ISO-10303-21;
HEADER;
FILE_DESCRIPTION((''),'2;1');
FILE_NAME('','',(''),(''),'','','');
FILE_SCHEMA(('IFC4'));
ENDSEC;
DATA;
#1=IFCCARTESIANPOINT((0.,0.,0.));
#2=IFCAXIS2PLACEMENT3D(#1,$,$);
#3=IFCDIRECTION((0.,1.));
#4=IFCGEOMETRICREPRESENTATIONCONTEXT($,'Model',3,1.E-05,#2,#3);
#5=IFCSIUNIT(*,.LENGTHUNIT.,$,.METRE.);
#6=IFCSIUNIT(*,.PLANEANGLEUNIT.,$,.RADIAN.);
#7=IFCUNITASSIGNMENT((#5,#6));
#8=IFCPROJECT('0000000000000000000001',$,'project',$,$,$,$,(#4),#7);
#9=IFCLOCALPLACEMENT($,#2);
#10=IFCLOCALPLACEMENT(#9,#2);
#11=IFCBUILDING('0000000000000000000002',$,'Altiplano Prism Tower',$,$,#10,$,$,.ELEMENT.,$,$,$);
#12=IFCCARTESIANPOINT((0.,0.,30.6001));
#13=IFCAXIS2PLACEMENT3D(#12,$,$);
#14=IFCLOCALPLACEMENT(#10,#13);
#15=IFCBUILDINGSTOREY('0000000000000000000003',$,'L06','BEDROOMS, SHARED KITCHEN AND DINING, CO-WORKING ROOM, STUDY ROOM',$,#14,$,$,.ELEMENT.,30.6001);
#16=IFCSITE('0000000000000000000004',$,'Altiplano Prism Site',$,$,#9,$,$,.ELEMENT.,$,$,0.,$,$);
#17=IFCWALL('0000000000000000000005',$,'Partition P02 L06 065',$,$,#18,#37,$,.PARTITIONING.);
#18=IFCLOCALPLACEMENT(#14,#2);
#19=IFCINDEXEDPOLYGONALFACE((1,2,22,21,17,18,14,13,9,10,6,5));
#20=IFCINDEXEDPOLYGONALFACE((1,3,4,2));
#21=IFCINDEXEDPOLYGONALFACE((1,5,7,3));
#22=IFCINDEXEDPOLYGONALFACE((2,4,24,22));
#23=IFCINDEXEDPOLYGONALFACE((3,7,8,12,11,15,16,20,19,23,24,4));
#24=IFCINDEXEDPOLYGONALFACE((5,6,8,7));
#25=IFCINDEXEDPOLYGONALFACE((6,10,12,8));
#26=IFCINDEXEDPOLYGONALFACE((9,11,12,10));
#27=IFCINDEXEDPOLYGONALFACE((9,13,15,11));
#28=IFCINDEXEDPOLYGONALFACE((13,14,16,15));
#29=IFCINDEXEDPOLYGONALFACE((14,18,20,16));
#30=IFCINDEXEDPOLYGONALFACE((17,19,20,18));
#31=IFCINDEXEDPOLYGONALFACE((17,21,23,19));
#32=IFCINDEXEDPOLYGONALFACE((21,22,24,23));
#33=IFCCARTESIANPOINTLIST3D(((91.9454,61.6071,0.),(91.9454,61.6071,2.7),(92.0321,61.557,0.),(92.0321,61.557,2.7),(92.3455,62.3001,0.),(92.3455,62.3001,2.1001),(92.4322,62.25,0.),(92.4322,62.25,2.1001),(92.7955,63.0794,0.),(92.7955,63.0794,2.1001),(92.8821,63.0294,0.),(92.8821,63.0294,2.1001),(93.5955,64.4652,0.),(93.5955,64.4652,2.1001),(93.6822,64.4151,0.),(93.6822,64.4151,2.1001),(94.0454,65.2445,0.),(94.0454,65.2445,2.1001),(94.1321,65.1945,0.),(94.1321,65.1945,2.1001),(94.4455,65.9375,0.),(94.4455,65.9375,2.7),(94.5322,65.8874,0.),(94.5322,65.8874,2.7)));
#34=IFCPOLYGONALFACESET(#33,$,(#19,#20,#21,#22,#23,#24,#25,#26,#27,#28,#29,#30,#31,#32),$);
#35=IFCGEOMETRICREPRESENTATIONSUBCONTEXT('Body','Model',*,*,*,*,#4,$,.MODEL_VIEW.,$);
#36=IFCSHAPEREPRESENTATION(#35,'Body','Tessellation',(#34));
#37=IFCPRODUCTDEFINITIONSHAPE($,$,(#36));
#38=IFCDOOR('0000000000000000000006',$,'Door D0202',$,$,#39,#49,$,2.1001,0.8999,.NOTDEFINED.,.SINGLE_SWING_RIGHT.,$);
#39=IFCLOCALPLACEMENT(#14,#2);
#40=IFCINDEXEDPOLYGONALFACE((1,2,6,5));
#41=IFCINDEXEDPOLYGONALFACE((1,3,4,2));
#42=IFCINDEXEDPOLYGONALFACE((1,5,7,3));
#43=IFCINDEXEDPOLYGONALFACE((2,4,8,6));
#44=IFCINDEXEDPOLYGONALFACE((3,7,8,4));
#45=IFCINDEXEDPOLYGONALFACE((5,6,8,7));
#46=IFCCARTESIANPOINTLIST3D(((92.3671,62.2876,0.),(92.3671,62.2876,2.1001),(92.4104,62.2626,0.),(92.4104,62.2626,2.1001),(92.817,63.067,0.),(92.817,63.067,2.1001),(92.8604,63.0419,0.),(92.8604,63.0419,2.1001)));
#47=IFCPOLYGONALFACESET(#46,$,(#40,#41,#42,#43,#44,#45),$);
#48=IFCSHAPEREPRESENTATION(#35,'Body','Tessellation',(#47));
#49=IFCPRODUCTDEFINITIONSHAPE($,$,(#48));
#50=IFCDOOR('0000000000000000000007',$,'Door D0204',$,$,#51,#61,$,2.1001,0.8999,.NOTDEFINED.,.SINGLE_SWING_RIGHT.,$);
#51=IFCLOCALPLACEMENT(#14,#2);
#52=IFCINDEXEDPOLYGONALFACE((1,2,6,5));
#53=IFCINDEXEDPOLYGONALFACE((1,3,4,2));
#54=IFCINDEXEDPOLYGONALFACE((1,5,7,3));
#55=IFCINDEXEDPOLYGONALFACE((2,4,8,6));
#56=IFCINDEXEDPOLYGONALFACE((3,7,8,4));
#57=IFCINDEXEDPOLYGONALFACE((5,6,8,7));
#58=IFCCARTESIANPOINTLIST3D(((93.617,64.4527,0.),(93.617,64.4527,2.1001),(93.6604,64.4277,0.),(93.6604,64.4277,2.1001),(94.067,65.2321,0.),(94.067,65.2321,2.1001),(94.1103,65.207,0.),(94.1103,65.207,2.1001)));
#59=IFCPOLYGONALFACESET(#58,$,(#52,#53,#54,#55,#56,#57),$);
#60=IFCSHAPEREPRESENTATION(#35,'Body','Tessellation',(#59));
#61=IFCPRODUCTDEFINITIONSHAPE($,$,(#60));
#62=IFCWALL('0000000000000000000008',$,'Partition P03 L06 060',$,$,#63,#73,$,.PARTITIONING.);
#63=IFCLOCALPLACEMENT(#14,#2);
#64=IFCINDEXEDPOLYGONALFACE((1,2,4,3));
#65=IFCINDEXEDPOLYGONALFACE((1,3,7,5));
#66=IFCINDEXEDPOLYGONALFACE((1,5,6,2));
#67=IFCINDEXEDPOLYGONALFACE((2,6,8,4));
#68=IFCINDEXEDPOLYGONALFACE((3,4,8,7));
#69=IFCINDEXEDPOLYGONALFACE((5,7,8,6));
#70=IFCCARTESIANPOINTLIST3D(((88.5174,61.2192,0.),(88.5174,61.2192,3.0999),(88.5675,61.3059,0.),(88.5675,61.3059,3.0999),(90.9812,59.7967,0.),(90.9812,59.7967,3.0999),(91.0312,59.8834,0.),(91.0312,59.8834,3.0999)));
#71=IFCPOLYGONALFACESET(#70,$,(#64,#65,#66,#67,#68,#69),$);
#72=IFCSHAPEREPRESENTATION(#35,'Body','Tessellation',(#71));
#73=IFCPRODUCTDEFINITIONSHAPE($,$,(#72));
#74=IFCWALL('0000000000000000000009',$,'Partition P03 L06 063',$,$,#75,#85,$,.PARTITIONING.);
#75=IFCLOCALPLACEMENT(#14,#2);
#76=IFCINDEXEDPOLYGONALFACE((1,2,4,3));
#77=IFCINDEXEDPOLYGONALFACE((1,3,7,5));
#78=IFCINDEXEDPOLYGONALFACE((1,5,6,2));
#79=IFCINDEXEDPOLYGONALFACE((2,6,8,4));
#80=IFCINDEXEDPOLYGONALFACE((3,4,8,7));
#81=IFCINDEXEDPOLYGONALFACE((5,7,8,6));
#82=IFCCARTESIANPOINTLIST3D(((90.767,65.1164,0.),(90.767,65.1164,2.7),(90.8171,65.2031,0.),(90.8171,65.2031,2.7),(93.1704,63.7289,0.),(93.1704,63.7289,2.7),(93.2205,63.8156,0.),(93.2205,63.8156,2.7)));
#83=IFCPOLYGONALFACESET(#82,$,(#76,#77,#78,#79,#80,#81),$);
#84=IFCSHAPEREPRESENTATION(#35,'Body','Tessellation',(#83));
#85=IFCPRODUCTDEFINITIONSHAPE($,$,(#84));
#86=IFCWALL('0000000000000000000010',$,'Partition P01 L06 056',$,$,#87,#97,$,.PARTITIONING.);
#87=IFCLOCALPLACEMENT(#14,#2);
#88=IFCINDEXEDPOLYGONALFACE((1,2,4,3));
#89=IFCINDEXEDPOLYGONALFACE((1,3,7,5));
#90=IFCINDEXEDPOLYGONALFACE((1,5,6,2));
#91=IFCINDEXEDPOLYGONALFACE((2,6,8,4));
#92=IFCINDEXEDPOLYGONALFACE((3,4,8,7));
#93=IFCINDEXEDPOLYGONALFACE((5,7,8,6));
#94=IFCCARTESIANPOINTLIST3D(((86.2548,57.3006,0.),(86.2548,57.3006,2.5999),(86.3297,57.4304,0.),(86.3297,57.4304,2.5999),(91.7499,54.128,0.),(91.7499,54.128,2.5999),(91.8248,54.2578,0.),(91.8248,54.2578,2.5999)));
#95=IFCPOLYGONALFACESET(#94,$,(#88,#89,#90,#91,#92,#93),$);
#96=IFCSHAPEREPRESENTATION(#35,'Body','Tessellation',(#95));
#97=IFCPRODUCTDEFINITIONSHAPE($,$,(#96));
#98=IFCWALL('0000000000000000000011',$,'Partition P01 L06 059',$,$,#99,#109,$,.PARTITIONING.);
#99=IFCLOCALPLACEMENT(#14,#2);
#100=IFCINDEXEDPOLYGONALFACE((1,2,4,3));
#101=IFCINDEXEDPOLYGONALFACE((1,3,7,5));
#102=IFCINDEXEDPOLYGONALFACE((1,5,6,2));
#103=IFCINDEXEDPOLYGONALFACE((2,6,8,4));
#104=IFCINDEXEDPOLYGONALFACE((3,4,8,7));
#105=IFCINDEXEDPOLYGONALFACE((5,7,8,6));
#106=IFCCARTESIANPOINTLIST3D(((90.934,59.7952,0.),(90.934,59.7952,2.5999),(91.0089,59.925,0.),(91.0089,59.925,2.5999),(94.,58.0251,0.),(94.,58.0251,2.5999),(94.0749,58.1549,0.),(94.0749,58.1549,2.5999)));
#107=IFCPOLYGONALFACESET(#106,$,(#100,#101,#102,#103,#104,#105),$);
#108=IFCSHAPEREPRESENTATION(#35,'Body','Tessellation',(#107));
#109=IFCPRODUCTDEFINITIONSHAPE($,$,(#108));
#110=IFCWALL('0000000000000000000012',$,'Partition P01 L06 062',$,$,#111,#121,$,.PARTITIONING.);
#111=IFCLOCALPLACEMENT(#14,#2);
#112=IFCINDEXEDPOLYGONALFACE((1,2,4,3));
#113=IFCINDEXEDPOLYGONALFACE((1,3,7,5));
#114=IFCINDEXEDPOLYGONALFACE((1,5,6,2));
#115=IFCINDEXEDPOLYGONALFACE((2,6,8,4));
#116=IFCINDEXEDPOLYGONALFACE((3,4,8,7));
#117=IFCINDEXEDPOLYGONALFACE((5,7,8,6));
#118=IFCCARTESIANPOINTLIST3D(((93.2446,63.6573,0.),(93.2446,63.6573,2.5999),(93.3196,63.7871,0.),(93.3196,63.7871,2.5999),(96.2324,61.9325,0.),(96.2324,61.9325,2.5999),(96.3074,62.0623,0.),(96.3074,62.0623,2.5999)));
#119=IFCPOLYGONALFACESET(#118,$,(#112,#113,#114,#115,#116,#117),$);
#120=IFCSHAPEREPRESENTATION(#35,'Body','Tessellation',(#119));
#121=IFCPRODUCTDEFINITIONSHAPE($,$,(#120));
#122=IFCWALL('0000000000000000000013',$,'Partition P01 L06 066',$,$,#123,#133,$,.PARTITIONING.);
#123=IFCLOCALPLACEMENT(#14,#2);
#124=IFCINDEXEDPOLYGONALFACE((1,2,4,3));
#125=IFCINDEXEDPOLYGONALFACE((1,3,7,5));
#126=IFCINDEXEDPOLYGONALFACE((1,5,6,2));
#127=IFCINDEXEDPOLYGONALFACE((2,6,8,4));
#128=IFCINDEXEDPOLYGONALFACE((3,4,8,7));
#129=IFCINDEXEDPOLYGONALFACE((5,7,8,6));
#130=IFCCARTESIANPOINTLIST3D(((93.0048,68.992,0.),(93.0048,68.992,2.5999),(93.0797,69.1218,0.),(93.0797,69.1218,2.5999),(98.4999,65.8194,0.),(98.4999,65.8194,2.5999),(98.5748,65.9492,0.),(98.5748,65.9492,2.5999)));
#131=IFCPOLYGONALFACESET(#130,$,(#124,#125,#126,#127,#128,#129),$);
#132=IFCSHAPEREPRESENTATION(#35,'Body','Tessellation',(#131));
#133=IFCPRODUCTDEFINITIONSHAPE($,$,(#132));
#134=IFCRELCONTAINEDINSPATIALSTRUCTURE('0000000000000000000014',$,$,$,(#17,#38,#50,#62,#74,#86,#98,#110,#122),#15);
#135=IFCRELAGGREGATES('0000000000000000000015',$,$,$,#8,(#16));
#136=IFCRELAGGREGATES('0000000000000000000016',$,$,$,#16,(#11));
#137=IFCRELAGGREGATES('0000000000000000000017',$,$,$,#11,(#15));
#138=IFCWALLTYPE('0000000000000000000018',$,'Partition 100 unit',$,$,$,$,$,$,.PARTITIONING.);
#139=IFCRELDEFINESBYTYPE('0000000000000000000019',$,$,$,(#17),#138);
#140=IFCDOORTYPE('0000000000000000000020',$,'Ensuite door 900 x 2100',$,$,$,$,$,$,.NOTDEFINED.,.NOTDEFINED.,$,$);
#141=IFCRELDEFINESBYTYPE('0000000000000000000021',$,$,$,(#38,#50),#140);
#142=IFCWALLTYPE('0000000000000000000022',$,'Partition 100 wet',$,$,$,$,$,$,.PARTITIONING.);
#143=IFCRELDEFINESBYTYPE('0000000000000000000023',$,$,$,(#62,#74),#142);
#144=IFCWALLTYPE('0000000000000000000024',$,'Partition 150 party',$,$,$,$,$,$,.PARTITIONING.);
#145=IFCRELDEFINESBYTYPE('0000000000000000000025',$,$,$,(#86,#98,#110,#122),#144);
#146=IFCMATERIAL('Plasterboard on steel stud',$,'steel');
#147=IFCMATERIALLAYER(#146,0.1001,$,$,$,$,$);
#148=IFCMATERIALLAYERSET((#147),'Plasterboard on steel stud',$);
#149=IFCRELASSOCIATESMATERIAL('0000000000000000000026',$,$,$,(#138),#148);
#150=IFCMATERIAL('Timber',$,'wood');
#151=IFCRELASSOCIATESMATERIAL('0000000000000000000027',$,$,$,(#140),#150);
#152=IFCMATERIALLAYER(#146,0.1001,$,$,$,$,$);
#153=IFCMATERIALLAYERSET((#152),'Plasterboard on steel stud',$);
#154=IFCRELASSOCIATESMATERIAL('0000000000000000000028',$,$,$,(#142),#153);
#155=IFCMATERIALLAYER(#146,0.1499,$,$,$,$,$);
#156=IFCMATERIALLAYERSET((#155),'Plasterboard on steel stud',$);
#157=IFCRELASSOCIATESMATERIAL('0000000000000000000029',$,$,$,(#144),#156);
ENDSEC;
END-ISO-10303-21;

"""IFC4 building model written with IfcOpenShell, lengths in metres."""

from ifc_helpers import new_model, si_unit, direction, frame, frame_2d, origin, place, context, subcontext, project, spatial, rectangle, extrude, material, layer, layer_set, type_object, element, fill, save


model = new_model("IFC4")

# Units and contexts
model_context = context("Model", 3, precision=1e-05, world=origin(), true_north=direction((0.0, 1.0)))
body_context = subcontext(model_context, "Body", "Model", "MODEL_VIEW")
ifc_project = project(units=[si_unit("LENGTHUNIT", "METRE"), si_unit("PLANEANGLEUNIT", "RADIAN")], contexts=[model_context])

# Site, building, storey
site_placement = place(None, origin())
site = spatial("IfcSite", under=ifc_project, at=site_placement, Name="Altiplano Prism Site", CompositionType="ELEMENT", RefElevation=0.0)
building_placement = place(site_placement, origin())
building = spatial("IfcBuilding", under=site, at=building_placement, Name="Altiplano Prism Tower", CompositionType="ELEMENT")
storey_placement = place(building_placement, frame((0.0, 0.0, 30.6001)))
storey = spatial("IfcBuildingStorey", under=building, at=storey_placement, Name="L06", Description="BEDROOMS, SHARED KITCHEN AND DINING, CO-WORKING ROOM, STUDY ROOM", CompositionType="ELEMENT", Elevation=30.6001)

# Shared definitions
ifc_material_1 = material(Name="Plasterboard on steel stud", Category="steel")
ifc_layer_1 = layer(ifc_material_1, 0.1001)
ifc_layer_set_1 = layer_set([ifc_layer_1], Name="Plasterboard on steel stud")
wall_type_1 = type_object("IfcWallType", Name="Partition 100 unit", PredefinedType="PARTITIONING", material=ifc_layer_set_1)

# Wall, openings, doors
wall_1_placement = place(storey_placement, frame((94.4888, 65.9124, 0.0), z_axis=(0.0, 0.0, 1.0), x_axis=(-0.499983, -0.866035, 0.0)))
wall_1 = element("IfcWall", 1, at=wall_1_placement, inside=storey, type_object=wall_type_1, Name="Partition P02 L06 065", PredefinedType="PARTITIONING", context=body_context, shape_type="SweptSolid", body=[
    extrude(rectangle(XDim=5.0002, YDim=0.1001, at=frame_2d((2.5, 0.0))), origin(), (0.0, 0.0, 1.0), 2.7),
])
opening_1_placement = place(wall_1_placement, frame((3.3, 0.0, 0.0)))
opening_1 = element("IfcOpeningElement", 2, at=opening_1_placement, cuts=wall_1, PredefinedType="OPENING", context=body_context, shape_type="SweptSolid", body=[
    extrude(rectangle(XDim=0.8999, YDim=2.1001, at=frame_2d((0.45, 1.05))), frame((0.0, 0.0605, 0.0), z_axis=(0.0, -1.0, 0.0), x_axis=(1.0, 0.0, 0.0)), (0.0, 0.0, 1.0), 0.1211),
])
opening_2_placement = place(wall_1_placement, frame((0.8, 0.0, 0.0)))
opening_2 = element("IfcOpeningElement", 3, at=opening_2_placement, cuts=wall_1, PredefinedType="OPENING", context=body_context, shape_type="SweptSolid", body=[
    extrude(rectangle(XDim=0.8999, YDim=2.1001, at=frame_2d((0.45, 1.05))), frame((0.0, 0.0605, 0.0), z_axis=(0.0, -1.0, 0.0), x_axis=(1.0, 0.0, 0.0)), (0.0, 0.0, 1.0), 0.1211),
])
ifc_material_2 = material(Name="Timber", Category="wood")
door_type = type_object("IfcDoorType", Name="Ensuite door 900 x 2100", OperationType="NOTDEFINED", PredefinedType="NOTDEFINED", material=ifc_material_2)
door_1_placement = place(opening_1_placement, origin())
door_1 = element("IfcDoor", 4, at=door_1_placement, inside=storey, type_object=door_type, Name="Door D0202", OperationType="SINGLE_SWING_RIGHT", OverallHeight=2.1001, OverallWidth=0.8999, PredefinedType="NOTDEFINED", context=body_context, shape_type="SweptSolid", body=[
    extrude(rectangle(XDim=0.8999, YDim=2.1001, at=frame_2d((0.45, 1.05))), frame((0.0, 0.0249, 0.0), z_axis=(0.0, -1.0, 0.0), x_axis=(1.0, 0.0, 0.0)), (0.0, 0.0, 1.0), 0.05),
])
fill(opening_1, door_1)
door_2_placement = place(opening_2_placement, origin())
door_2 = element("IfcDoor", 5, at=door_2_placement, inside=storey, type_object=door_type, Name="Door D0204", OperationType="SINGLE_SWING_RIGHT", OverallHeight=2.1001, OverallWidth=0.8999, PredefinedType="NOTDEFINED", context=body_context, shape_type="SweptSolid", body=[
    extrude(rectangle(XDim=0.8999, YDim=2.1001, at=frame_2d((0.45, 1.05))), frame((0.0, 0.0249, 0.0), z_axis=(0.0, -1.0, 0.0), x_axis=(1.0, 0.0, 0.0)), (0.0, 0.0, 1.0), 0.05),
])
fill(opening_2, door_2)

# Walls
ifc_layer_2 = layer(ifc_material_1, 0.1001)
ifc_layer_set_2 = layer_set([ifc_layer_2], Name="Plasterboard on steel stud")
wall_type_2 = type_object("IfcWallType", Name="Partition 100 wet", PredefinedType="PARTITIONING", material=ifc_layer_set_2)
wall_2_placement = place(storey_placement, frame((91.0061, 59.8401, 0.0), z_axis=(0.0, 0.0, 1.0), x_axis=(-0.866011, 0.500025, 0.0)))
element("IfcWall", 6, at=wall_2_placement, inside=storey, type_object=wall_type_2, Name="Partition P03 L06 060", PredefinedType="PARTITIONING", context=body_context, shape_type="SweptSolid", body=[
    extrude(rectangle(XDim=2.845, YDim=0.1001, at=frame_2d((1.4224, 0.0))), origin(), (0.0, 0.0, 1.0), 3.0999),
])
wall_3_placement = place(storey_placement, frame((93.1956, 63.7722, 0.0), z_axis=(0.0, 0.0, 1.0), x_axis=(-0.866042, 0.499971, 0.0)))
element("IfcWall", 7, at=wall_3_placement, inside=storey, type_object=wall_type_2, Name="Partition P03 L06 063", PredefinedType="PARTITIONING", context=body_context, shape_type="SweptSolid", body=[
    extrude(rectangle(XDim=2.7751, YDim=0.1001, at=frame_2d((1.3877, 0.0))), origin(), (0.0, 0.0, 1.0), 2.7),
])
ifc_layer_3 = layer(ifc_material_1, 0.1499)
ifc_layer_set_3 = layer_set([ifc_layer_3], Name="Plasterboard on steel stud")
wall_type_3 = type_object("IfcWallType", Name="Partition 150 party", PredefinedType="PARTITIONING", material=ifc_layer_set_3)
wall_4_placement = place(storey_placement, frame((91.7874, 54.1929, 0.0), z_axis=(0.0, 0.0, 1.0), x_axis=(-0.866025, 0.5, 0.0)))
element("IfcWall", 8, at=wall_4_placement, inside=storey, type_object=wall_type_3, Name="Partition P01 L06 056", PredefinedType="PARTITIONING", context=body_context, shape_type="SweptSolid", body=[
    extrude(rectangle(XDim=6.3452, YDim=0.1499, at=frame_2d((3.1726, 0.0))), origin(), (0.0, 0.0, 1.0), 2.5999),
])
wall_5_placement = place(storey_placement, frame((94.0374, 58.0901, 0.0), z_axis=(0.0, 0.0, 1.0), x_axis=(-0.866036, 0.499981, 0.0)))
element("IfcWall", 9, at=wall_5_placement, inside=storey, type_object=wall_type_3, Name="Partition P01 L06 059", PredefinedType="PARTITIONING", context=body_context, shape_type="SweptSolid", body=[
    extrude(rectangle(XDim=3.5403, YDim=0.1499, at=frame_2d((1.77, 0.0))), origin(), (0.0, 0.0, 1.0), 2.5999),
])
wall_6_placement = place(storey_placement, frame((96.27, 61.9973, 0.0), z_axis=(0.0, 0.0, 1.0), x_axis=(-0.866044, 0.499967, 0.0)))
element("IfcWall", 10, at=wall_6_placement, inside=storey, type_object=wall_type_3, Name="Partition P01 L06 062", PredefinedType="PARTITIONING", context=body_context, shape_type="SweptSolid", body=[
    extrude(rectangle(XDim=3.45, YDim=0.1499, at=frame_2d((1.7251, 0.0))), origin(), (0.0, 0.0, 1.0), 2.5999),
])
wall_7_placement = place(storey_placement, frame((98.5374, 65.8843, 0.0), z_axis=(0.0, 0.0, 1.0), x_axis=(-0.866025, 0.5, 0.0)))
element("IfcWall", 11, at=wall_7_placement, inside=storey, type_object=wall_type_3, Name="Partition P01 L06 066", PredefinedType="PARTITIONING", context=body_context, shape_type="SweptSolid", body=[
    extrude(rectangle(XDim=6.3452, YDim=0.1499, at=frame_2d((3.1726, 0.0))), origin(), (0.0, 0.0, 1.0), 2.5999),
])

save(model, "model.ifc")
